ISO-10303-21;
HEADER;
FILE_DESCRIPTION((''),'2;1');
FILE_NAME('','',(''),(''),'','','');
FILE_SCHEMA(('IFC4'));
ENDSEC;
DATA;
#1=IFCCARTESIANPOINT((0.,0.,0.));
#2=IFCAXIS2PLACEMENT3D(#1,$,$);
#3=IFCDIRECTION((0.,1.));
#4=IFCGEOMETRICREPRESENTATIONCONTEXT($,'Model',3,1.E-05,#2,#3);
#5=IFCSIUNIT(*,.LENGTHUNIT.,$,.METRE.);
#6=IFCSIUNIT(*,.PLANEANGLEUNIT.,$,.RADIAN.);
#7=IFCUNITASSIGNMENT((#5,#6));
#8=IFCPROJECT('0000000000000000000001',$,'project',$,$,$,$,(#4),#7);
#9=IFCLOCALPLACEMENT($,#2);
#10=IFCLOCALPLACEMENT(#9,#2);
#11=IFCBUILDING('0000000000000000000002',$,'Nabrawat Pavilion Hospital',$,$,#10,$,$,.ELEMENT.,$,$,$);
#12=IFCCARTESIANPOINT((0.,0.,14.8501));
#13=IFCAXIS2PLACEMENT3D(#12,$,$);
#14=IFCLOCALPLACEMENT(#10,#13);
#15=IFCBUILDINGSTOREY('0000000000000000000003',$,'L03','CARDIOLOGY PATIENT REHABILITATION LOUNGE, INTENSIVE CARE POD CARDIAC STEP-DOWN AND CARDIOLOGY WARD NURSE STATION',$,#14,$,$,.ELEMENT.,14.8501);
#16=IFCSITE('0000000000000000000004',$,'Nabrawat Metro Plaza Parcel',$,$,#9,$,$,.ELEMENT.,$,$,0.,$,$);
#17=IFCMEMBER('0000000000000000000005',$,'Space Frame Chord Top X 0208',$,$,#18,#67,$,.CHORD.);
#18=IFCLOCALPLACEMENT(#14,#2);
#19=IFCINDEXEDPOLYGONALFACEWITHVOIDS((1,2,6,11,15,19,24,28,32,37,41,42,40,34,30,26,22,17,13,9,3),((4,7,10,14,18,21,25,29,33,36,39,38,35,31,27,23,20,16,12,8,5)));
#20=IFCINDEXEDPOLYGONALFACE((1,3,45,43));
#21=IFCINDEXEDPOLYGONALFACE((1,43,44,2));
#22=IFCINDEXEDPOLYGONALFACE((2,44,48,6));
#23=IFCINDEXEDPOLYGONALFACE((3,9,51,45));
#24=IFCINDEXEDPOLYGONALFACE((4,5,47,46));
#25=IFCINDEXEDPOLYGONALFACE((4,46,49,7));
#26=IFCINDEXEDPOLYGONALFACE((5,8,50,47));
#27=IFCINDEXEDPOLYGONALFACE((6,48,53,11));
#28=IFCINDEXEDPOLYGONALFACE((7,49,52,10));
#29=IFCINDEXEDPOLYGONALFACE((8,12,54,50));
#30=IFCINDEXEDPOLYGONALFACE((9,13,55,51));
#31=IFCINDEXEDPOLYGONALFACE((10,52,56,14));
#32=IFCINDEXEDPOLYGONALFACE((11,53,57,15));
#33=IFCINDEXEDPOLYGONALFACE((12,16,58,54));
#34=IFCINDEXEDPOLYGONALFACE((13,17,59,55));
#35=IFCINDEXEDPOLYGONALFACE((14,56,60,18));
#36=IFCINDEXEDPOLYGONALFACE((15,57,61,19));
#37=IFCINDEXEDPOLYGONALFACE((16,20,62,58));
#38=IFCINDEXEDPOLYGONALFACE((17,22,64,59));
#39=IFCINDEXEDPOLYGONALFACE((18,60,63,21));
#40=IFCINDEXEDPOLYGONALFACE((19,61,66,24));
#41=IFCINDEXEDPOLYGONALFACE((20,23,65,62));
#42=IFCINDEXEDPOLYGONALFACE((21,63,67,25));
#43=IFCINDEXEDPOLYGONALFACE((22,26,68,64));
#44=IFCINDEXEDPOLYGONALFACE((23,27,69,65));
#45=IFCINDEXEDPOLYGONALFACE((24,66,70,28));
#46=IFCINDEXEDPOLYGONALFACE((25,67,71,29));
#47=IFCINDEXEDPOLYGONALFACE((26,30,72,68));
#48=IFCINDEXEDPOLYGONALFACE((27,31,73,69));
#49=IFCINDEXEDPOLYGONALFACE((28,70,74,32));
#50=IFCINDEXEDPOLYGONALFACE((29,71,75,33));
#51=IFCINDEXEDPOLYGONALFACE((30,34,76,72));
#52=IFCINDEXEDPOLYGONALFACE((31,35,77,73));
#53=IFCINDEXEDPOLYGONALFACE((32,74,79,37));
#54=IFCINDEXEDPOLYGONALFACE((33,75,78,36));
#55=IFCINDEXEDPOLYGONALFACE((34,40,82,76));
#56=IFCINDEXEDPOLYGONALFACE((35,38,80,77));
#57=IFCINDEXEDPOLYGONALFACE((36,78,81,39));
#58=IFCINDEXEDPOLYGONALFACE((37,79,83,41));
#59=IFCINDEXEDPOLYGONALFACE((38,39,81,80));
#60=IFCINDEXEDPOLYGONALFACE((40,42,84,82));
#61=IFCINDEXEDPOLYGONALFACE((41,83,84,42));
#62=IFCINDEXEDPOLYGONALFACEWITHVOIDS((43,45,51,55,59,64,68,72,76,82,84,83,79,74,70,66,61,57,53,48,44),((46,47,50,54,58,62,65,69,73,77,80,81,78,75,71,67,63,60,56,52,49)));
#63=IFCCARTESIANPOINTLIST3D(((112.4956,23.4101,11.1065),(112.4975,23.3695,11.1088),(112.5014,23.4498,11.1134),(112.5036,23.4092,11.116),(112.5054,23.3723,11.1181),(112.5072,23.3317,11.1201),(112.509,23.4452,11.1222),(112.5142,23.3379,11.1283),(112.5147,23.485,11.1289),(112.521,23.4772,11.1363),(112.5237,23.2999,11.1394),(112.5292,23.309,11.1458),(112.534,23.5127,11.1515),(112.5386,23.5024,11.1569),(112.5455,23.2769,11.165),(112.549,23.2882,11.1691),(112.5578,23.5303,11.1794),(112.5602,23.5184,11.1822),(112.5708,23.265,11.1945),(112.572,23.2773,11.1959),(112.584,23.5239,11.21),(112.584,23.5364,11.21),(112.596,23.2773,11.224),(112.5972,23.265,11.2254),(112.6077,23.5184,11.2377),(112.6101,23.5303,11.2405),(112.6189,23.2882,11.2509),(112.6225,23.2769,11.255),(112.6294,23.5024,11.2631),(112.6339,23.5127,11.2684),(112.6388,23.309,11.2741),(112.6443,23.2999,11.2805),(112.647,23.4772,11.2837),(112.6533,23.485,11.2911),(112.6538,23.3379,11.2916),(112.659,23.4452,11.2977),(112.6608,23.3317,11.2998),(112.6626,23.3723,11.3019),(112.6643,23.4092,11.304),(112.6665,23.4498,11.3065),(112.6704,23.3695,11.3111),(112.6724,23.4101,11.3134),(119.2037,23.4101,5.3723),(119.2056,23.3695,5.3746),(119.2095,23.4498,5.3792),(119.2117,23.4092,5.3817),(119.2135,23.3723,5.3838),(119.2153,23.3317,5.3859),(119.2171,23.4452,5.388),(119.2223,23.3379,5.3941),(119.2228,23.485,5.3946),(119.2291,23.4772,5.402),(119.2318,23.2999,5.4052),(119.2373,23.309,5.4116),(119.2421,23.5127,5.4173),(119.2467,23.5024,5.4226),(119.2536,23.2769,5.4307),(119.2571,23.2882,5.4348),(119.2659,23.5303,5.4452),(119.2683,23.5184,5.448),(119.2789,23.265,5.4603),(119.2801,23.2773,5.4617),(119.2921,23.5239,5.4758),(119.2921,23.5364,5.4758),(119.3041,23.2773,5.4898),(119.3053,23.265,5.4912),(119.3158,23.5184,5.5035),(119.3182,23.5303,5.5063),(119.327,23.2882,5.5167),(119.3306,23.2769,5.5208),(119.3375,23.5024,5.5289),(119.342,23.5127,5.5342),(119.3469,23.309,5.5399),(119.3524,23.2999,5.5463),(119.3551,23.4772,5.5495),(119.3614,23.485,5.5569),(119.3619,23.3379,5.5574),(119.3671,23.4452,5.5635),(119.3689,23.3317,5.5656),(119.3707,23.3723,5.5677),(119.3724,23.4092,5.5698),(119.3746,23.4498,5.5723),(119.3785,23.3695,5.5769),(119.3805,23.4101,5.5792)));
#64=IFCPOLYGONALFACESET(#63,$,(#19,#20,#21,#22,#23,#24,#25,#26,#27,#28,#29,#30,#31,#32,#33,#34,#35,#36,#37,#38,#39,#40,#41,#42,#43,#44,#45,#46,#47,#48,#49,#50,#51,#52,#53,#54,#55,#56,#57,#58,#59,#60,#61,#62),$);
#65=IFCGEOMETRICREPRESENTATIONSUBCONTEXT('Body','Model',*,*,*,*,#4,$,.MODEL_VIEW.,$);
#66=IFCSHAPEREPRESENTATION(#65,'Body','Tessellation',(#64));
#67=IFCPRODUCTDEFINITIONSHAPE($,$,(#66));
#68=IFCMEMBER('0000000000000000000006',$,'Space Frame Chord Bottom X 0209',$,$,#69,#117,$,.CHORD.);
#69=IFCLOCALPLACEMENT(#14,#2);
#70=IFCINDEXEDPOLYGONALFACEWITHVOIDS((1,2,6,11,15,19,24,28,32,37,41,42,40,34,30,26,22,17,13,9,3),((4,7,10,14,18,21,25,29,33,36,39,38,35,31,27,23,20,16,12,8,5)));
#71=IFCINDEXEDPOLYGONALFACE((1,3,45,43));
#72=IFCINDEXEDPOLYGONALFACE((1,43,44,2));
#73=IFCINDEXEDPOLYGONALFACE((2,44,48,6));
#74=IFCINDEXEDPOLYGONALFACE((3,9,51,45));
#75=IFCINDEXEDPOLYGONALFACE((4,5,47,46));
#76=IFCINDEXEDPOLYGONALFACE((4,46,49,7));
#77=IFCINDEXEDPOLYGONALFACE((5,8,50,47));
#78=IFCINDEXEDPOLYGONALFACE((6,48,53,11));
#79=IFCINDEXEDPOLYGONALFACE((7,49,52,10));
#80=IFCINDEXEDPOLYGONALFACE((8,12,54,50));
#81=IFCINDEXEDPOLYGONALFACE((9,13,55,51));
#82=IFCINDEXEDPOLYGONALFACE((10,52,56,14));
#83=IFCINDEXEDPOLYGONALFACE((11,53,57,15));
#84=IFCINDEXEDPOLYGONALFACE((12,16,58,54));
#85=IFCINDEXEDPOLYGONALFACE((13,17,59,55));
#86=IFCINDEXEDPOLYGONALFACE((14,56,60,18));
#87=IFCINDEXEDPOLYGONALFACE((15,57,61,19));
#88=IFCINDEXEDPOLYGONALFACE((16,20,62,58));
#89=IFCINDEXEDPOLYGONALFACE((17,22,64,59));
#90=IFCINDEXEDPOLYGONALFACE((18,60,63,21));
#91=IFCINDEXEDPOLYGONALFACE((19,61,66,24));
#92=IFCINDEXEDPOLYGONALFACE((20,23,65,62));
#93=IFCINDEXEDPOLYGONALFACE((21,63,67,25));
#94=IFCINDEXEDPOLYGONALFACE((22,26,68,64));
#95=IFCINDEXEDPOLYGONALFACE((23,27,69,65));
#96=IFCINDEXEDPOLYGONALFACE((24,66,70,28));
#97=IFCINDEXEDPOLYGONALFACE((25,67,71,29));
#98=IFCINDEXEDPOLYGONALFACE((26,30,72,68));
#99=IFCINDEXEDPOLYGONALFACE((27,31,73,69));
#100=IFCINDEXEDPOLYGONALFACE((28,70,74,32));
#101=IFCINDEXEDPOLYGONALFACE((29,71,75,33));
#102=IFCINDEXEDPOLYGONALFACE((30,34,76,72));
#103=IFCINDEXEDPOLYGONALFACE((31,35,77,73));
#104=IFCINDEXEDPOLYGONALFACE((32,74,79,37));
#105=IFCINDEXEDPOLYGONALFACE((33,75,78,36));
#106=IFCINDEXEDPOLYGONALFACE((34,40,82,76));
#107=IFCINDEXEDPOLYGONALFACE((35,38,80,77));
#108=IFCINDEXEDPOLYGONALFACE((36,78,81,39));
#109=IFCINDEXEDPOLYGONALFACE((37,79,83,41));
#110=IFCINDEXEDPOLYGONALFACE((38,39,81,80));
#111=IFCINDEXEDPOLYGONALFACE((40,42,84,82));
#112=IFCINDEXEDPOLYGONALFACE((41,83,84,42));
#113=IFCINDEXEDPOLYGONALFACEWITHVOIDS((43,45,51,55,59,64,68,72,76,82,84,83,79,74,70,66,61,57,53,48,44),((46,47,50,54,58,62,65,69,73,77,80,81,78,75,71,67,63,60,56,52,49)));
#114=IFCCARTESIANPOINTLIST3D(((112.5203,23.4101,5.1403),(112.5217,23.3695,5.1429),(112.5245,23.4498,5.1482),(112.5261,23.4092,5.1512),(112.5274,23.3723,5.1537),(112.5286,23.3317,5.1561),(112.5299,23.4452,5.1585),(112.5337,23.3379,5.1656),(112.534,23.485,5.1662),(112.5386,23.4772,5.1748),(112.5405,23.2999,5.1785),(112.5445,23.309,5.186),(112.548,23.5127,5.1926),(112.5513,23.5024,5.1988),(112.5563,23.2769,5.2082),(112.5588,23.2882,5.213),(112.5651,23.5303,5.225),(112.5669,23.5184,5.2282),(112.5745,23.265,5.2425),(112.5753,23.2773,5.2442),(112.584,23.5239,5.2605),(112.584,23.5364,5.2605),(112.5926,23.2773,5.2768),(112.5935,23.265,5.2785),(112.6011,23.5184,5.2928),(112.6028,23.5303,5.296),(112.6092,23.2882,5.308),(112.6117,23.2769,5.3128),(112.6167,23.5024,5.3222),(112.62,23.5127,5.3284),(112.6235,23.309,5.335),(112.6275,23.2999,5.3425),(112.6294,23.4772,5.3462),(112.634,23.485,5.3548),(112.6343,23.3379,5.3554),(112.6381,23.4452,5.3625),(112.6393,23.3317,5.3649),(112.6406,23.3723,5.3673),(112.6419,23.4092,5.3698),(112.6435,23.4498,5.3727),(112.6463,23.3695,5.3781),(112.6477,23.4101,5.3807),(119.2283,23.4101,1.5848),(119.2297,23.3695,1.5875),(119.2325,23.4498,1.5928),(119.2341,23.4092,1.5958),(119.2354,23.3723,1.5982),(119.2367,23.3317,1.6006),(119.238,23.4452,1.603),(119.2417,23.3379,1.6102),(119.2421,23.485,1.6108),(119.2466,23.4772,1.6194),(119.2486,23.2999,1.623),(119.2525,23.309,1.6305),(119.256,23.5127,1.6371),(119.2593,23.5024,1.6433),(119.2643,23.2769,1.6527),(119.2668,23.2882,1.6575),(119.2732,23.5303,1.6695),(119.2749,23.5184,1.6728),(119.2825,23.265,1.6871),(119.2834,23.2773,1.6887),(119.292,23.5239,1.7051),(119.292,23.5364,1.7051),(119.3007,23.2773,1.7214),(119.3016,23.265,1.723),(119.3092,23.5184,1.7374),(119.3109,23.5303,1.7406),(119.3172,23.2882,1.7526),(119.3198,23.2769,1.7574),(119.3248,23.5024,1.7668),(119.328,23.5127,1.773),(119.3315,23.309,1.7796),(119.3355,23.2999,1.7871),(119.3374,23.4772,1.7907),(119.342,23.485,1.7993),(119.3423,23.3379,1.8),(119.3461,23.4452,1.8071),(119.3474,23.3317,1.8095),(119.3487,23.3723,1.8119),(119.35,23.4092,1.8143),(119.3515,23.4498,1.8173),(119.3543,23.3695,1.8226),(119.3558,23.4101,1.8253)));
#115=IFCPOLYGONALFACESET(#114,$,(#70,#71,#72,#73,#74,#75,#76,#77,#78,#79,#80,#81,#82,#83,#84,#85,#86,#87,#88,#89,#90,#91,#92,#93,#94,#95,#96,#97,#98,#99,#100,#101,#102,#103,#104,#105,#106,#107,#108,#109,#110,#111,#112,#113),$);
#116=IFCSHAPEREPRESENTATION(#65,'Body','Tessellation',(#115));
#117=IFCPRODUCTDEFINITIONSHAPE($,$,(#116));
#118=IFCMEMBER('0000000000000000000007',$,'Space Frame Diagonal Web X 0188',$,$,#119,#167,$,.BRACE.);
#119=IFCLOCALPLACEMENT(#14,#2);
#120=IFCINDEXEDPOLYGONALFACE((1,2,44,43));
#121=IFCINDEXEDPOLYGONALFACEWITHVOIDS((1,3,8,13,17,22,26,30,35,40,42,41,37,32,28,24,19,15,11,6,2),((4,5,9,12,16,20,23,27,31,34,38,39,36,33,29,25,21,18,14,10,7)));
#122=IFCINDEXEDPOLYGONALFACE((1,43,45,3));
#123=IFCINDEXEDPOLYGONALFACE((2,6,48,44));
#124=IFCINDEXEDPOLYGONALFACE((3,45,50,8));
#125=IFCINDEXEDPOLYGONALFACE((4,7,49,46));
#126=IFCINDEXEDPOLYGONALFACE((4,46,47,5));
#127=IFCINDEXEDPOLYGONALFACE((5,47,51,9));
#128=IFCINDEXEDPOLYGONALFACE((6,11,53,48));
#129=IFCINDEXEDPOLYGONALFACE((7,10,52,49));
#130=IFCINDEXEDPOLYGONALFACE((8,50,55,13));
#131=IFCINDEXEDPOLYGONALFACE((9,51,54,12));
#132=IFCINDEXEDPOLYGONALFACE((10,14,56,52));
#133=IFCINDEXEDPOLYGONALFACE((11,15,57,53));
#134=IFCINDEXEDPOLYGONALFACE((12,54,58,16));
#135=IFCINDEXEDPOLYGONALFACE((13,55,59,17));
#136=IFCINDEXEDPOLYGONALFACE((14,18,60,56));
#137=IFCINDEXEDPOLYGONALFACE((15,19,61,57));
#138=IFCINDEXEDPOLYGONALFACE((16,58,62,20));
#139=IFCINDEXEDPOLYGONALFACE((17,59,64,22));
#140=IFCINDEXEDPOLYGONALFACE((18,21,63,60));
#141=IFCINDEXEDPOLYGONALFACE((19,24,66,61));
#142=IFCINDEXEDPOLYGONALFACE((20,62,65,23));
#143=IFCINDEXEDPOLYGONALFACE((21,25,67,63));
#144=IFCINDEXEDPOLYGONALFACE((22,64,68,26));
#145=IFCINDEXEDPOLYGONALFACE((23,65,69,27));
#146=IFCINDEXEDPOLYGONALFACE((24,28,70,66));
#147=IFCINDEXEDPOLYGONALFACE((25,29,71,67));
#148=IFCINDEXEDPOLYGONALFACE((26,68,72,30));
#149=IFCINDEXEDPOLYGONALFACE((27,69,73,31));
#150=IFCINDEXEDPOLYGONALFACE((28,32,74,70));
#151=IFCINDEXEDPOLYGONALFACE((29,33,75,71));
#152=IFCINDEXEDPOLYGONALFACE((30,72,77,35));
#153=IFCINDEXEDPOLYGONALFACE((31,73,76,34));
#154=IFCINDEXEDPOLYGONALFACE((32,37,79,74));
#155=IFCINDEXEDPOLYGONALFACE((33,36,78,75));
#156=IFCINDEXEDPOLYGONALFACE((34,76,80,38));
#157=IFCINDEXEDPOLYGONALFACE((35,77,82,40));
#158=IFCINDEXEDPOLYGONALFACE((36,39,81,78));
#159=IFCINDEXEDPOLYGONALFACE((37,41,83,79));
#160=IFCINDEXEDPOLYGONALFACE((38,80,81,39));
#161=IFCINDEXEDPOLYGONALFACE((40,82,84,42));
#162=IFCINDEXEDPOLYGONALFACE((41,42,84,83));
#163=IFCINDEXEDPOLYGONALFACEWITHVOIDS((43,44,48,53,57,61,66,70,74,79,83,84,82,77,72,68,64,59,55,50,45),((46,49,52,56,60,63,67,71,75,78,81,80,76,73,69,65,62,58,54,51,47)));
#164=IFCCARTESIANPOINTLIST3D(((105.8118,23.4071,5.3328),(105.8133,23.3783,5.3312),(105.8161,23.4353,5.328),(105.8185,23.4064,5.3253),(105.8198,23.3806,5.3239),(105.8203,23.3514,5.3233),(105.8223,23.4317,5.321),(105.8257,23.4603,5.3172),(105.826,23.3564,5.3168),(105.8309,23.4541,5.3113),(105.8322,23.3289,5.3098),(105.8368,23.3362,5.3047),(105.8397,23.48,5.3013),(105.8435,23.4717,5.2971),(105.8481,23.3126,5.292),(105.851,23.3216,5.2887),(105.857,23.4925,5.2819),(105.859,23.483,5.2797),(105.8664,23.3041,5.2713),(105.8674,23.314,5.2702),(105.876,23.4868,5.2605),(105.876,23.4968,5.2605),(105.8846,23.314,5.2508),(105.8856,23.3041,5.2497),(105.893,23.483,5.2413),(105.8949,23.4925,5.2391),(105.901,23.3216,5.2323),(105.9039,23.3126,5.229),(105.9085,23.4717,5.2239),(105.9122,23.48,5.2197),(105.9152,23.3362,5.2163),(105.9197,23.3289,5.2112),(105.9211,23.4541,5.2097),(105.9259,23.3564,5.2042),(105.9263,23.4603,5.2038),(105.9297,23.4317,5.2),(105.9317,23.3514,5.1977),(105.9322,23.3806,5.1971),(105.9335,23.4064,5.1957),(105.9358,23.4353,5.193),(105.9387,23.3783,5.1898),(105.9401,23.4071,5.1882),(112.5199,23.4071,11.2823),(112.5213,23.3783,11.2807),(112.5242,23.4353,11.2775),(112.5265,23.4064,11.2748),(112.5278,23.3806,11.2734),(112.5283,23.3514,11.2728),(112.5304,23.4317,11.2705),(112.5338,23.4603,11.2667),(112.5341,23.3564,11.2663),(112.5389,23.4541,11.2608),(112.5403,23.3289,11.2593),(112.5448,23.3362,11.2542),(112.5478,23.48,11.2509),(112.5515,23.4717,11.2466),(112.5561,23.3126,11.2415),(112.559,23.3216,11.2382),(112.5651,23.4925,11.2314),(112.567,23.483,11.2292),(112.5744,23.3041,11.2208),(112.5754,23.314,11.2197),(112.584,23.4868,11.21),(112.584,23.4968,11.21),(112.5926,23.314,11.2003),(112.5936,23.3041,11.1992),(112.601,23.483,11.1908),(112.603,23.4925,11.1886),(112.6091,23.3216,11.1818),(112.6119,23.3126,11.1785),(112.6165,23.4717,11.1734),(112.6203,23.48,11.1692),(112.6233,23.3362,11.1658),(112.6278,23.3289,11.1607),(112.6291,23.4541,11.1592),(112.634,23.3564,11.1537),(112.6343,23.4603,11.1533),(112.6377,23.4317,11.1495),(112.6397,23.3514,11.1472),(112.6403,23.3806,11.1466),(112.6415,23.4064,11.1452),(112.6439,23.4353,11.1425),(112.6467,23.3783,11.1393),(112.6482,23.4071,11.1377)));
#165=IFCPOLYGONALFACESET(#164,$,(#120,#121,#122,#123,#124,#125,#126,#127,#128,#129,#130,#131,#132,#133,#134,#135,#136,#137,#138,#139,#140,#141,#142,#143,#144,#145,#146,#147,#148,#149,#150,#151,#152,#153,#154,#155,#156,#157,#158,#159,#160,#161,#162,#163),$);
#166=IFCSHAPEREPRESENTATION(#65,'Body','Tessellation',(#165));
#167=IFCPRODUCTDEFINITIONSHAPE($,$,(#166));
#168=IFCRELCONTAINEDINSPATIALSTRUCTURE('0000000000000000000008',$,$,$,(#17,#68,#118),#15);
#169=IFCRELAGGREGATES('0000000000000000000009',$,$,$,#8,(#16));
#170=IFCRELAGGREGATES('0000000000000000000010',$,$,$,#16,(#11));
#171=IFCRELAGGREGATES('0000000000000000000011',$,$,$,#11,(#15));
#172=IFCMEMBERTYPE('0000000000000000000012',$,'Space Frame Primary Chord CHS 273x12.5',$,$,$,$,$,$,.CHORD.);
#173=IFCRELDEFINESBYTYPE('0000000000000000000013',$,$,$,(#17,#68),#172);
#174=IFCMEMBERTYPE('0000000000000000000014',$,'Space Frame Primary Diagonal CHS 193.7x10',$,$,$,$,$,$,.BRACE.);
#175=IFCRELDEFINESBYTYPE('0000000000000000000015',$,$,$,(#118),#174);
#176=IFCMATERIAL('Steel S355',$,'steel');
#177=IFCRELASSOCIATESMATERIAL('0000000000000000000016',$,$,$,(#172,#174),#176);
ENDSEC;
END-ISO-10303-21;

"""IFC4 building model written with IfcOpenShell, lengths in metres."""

from ifc_helpers import new_model, si_unit, direction, frame, origin, origin_2d, place, context, subcontext, project, spatial, hollow_circle, extrude, material, material_profile, profile_set, type_object, element, save


model = new_model("IFC4")

# Units and contexts
model_context = context("Model", 3, precision=1e-05, world=origin(), true_north=direction((0.0, 1.0)))
body_context = subcontext(model_context, "Body", "Model", "MODEL_VIEW")
ifc_project = project(units=[si_unit("LENGTHUNIT", "METRE"), si_unit("PLANEANGLEUNIT", "RADIAN")], contexts=[model_context])

# Site, building, storey
site_placement = place(None, origin())
site = spatial("IfcSite", under=ifc_project, at=site_placement, Name="Nabrawat Metro Plaza Parcel", CompositionType="ELEMENT", RefElevation=0.0)
building_placement = place(site_placement, origin())
building = spatial("IfcBuilding", under=site, at=building_placement, Name="Nabrawat Pavilion Hospital", CompositionType="ELEMENT")
storey_placement = place(building_placement, frame((0.0, 0.0, 14.8501)))
storey = spatial("IfcBuildingStorey", under=building, at=storey_placement, Name="L03", Description="CARDIOLOGY PATIENT REHABILITATION LOUNGE, INTENSIVE CARE POD CARDIAC STEP-DOWN AND CARDIOLOGY WARD NURSE STATION", CompositionType="ELEMENT", Elevation=14.8501)

# Shared definitions
ifc_material = material(Name="Steel S355", Category="steel")

# Members
ifc_material_profile_1 = material_profile(ifc_material, hollow_circle(Radius=0.1365, WallThickness=0.0125, at=origin_2d()), Name="CHS 273x12.5")
ifc_profile_set_1 = profile_set([ifc_material_profile_1], Name="Steel S355")
member_type_1 = type_object("IfcMemberType", Name="Space Frame Primary Chord CHS 273x12.5", PredefinedType="CHORD", material=ifc_profile_set_1)
member_1_placement = place(storey_placement, frame((112.584, 23.3999, 11.21), z_axis=(0.760129, 0.0, -0.649772), x_axis=(0.0, 1.0, 0.0)))
element("IfcMember", 1, at=member_1_placement, inside=storey, type_object=member_type_1, Name="Space Frame Chord Top X 0208", PredefinedType="CHORD", context=body_context, shape_type="SweptSolid", body=[
    extrude(hollow_circle(Radius=0.1365, WallThickness=0.0125, at=origin_2d()), origin(), (0.0, 0.0, 1.0), 8.825),
])
member_2_placement = place(storey_placement, frame((112.584, 23.3999, 5.2605), z_axis=(0.883563, 0.0, -0.468312), x_axis=(0.0, 1.0, 0.0)))
element("IfcMember", 2, at=member_2_placement, inside=storey, type_object=member_type_1, Name="Space Frame Chord Bottom X 0209", PredefinedType="CHORD", context=body_context, shape_type="SweptSolid", body=[
    extrude(hollow_circle(Radius=0.1365, WallThickness=0.0125, at=origin_2d()), origin(), (0.0, 0.0, 1.0), 7.592),
])
ifc_material_profile_2 = material_profile(ifc_material, hollow_circle(Radius=0.0969, WallThickness=0.01, at=origin_2d()), Name="CHS 193.7x10")
ifc_profile_set_2 = profile_set([ifc_material_profile_2], Name="Steel S355")
member_type_2 = type_object("IfcMemberType", Name="Space Frame Primary Diagonal CHS 193.7x10", PredefinedType="BRACE", material=ifc_profile_set_2)
member_3_placement = place(storey_placement, frame((105.876, 23.3999, 5.2605), z_axis=(0.74814, 0.0, 0.66354), x_axis=(0.0, 1.0, 0.0)))
element("IfcMember", 3, at=member_3_placement, inside=storey, type_object=member_type_2, Name="Space Frame Diagonal Web X 0188", PredefinedType="BRACE", context=body_context, shape_type="SweptSolid", body=[
    extrude(hollow_circle(Radius=0.0969, WallThickness=0.01, at=origin_2d()), origin(), (0.0, 0.0, 1.0), 8.9663),
])

save(model, "model.ifc")
